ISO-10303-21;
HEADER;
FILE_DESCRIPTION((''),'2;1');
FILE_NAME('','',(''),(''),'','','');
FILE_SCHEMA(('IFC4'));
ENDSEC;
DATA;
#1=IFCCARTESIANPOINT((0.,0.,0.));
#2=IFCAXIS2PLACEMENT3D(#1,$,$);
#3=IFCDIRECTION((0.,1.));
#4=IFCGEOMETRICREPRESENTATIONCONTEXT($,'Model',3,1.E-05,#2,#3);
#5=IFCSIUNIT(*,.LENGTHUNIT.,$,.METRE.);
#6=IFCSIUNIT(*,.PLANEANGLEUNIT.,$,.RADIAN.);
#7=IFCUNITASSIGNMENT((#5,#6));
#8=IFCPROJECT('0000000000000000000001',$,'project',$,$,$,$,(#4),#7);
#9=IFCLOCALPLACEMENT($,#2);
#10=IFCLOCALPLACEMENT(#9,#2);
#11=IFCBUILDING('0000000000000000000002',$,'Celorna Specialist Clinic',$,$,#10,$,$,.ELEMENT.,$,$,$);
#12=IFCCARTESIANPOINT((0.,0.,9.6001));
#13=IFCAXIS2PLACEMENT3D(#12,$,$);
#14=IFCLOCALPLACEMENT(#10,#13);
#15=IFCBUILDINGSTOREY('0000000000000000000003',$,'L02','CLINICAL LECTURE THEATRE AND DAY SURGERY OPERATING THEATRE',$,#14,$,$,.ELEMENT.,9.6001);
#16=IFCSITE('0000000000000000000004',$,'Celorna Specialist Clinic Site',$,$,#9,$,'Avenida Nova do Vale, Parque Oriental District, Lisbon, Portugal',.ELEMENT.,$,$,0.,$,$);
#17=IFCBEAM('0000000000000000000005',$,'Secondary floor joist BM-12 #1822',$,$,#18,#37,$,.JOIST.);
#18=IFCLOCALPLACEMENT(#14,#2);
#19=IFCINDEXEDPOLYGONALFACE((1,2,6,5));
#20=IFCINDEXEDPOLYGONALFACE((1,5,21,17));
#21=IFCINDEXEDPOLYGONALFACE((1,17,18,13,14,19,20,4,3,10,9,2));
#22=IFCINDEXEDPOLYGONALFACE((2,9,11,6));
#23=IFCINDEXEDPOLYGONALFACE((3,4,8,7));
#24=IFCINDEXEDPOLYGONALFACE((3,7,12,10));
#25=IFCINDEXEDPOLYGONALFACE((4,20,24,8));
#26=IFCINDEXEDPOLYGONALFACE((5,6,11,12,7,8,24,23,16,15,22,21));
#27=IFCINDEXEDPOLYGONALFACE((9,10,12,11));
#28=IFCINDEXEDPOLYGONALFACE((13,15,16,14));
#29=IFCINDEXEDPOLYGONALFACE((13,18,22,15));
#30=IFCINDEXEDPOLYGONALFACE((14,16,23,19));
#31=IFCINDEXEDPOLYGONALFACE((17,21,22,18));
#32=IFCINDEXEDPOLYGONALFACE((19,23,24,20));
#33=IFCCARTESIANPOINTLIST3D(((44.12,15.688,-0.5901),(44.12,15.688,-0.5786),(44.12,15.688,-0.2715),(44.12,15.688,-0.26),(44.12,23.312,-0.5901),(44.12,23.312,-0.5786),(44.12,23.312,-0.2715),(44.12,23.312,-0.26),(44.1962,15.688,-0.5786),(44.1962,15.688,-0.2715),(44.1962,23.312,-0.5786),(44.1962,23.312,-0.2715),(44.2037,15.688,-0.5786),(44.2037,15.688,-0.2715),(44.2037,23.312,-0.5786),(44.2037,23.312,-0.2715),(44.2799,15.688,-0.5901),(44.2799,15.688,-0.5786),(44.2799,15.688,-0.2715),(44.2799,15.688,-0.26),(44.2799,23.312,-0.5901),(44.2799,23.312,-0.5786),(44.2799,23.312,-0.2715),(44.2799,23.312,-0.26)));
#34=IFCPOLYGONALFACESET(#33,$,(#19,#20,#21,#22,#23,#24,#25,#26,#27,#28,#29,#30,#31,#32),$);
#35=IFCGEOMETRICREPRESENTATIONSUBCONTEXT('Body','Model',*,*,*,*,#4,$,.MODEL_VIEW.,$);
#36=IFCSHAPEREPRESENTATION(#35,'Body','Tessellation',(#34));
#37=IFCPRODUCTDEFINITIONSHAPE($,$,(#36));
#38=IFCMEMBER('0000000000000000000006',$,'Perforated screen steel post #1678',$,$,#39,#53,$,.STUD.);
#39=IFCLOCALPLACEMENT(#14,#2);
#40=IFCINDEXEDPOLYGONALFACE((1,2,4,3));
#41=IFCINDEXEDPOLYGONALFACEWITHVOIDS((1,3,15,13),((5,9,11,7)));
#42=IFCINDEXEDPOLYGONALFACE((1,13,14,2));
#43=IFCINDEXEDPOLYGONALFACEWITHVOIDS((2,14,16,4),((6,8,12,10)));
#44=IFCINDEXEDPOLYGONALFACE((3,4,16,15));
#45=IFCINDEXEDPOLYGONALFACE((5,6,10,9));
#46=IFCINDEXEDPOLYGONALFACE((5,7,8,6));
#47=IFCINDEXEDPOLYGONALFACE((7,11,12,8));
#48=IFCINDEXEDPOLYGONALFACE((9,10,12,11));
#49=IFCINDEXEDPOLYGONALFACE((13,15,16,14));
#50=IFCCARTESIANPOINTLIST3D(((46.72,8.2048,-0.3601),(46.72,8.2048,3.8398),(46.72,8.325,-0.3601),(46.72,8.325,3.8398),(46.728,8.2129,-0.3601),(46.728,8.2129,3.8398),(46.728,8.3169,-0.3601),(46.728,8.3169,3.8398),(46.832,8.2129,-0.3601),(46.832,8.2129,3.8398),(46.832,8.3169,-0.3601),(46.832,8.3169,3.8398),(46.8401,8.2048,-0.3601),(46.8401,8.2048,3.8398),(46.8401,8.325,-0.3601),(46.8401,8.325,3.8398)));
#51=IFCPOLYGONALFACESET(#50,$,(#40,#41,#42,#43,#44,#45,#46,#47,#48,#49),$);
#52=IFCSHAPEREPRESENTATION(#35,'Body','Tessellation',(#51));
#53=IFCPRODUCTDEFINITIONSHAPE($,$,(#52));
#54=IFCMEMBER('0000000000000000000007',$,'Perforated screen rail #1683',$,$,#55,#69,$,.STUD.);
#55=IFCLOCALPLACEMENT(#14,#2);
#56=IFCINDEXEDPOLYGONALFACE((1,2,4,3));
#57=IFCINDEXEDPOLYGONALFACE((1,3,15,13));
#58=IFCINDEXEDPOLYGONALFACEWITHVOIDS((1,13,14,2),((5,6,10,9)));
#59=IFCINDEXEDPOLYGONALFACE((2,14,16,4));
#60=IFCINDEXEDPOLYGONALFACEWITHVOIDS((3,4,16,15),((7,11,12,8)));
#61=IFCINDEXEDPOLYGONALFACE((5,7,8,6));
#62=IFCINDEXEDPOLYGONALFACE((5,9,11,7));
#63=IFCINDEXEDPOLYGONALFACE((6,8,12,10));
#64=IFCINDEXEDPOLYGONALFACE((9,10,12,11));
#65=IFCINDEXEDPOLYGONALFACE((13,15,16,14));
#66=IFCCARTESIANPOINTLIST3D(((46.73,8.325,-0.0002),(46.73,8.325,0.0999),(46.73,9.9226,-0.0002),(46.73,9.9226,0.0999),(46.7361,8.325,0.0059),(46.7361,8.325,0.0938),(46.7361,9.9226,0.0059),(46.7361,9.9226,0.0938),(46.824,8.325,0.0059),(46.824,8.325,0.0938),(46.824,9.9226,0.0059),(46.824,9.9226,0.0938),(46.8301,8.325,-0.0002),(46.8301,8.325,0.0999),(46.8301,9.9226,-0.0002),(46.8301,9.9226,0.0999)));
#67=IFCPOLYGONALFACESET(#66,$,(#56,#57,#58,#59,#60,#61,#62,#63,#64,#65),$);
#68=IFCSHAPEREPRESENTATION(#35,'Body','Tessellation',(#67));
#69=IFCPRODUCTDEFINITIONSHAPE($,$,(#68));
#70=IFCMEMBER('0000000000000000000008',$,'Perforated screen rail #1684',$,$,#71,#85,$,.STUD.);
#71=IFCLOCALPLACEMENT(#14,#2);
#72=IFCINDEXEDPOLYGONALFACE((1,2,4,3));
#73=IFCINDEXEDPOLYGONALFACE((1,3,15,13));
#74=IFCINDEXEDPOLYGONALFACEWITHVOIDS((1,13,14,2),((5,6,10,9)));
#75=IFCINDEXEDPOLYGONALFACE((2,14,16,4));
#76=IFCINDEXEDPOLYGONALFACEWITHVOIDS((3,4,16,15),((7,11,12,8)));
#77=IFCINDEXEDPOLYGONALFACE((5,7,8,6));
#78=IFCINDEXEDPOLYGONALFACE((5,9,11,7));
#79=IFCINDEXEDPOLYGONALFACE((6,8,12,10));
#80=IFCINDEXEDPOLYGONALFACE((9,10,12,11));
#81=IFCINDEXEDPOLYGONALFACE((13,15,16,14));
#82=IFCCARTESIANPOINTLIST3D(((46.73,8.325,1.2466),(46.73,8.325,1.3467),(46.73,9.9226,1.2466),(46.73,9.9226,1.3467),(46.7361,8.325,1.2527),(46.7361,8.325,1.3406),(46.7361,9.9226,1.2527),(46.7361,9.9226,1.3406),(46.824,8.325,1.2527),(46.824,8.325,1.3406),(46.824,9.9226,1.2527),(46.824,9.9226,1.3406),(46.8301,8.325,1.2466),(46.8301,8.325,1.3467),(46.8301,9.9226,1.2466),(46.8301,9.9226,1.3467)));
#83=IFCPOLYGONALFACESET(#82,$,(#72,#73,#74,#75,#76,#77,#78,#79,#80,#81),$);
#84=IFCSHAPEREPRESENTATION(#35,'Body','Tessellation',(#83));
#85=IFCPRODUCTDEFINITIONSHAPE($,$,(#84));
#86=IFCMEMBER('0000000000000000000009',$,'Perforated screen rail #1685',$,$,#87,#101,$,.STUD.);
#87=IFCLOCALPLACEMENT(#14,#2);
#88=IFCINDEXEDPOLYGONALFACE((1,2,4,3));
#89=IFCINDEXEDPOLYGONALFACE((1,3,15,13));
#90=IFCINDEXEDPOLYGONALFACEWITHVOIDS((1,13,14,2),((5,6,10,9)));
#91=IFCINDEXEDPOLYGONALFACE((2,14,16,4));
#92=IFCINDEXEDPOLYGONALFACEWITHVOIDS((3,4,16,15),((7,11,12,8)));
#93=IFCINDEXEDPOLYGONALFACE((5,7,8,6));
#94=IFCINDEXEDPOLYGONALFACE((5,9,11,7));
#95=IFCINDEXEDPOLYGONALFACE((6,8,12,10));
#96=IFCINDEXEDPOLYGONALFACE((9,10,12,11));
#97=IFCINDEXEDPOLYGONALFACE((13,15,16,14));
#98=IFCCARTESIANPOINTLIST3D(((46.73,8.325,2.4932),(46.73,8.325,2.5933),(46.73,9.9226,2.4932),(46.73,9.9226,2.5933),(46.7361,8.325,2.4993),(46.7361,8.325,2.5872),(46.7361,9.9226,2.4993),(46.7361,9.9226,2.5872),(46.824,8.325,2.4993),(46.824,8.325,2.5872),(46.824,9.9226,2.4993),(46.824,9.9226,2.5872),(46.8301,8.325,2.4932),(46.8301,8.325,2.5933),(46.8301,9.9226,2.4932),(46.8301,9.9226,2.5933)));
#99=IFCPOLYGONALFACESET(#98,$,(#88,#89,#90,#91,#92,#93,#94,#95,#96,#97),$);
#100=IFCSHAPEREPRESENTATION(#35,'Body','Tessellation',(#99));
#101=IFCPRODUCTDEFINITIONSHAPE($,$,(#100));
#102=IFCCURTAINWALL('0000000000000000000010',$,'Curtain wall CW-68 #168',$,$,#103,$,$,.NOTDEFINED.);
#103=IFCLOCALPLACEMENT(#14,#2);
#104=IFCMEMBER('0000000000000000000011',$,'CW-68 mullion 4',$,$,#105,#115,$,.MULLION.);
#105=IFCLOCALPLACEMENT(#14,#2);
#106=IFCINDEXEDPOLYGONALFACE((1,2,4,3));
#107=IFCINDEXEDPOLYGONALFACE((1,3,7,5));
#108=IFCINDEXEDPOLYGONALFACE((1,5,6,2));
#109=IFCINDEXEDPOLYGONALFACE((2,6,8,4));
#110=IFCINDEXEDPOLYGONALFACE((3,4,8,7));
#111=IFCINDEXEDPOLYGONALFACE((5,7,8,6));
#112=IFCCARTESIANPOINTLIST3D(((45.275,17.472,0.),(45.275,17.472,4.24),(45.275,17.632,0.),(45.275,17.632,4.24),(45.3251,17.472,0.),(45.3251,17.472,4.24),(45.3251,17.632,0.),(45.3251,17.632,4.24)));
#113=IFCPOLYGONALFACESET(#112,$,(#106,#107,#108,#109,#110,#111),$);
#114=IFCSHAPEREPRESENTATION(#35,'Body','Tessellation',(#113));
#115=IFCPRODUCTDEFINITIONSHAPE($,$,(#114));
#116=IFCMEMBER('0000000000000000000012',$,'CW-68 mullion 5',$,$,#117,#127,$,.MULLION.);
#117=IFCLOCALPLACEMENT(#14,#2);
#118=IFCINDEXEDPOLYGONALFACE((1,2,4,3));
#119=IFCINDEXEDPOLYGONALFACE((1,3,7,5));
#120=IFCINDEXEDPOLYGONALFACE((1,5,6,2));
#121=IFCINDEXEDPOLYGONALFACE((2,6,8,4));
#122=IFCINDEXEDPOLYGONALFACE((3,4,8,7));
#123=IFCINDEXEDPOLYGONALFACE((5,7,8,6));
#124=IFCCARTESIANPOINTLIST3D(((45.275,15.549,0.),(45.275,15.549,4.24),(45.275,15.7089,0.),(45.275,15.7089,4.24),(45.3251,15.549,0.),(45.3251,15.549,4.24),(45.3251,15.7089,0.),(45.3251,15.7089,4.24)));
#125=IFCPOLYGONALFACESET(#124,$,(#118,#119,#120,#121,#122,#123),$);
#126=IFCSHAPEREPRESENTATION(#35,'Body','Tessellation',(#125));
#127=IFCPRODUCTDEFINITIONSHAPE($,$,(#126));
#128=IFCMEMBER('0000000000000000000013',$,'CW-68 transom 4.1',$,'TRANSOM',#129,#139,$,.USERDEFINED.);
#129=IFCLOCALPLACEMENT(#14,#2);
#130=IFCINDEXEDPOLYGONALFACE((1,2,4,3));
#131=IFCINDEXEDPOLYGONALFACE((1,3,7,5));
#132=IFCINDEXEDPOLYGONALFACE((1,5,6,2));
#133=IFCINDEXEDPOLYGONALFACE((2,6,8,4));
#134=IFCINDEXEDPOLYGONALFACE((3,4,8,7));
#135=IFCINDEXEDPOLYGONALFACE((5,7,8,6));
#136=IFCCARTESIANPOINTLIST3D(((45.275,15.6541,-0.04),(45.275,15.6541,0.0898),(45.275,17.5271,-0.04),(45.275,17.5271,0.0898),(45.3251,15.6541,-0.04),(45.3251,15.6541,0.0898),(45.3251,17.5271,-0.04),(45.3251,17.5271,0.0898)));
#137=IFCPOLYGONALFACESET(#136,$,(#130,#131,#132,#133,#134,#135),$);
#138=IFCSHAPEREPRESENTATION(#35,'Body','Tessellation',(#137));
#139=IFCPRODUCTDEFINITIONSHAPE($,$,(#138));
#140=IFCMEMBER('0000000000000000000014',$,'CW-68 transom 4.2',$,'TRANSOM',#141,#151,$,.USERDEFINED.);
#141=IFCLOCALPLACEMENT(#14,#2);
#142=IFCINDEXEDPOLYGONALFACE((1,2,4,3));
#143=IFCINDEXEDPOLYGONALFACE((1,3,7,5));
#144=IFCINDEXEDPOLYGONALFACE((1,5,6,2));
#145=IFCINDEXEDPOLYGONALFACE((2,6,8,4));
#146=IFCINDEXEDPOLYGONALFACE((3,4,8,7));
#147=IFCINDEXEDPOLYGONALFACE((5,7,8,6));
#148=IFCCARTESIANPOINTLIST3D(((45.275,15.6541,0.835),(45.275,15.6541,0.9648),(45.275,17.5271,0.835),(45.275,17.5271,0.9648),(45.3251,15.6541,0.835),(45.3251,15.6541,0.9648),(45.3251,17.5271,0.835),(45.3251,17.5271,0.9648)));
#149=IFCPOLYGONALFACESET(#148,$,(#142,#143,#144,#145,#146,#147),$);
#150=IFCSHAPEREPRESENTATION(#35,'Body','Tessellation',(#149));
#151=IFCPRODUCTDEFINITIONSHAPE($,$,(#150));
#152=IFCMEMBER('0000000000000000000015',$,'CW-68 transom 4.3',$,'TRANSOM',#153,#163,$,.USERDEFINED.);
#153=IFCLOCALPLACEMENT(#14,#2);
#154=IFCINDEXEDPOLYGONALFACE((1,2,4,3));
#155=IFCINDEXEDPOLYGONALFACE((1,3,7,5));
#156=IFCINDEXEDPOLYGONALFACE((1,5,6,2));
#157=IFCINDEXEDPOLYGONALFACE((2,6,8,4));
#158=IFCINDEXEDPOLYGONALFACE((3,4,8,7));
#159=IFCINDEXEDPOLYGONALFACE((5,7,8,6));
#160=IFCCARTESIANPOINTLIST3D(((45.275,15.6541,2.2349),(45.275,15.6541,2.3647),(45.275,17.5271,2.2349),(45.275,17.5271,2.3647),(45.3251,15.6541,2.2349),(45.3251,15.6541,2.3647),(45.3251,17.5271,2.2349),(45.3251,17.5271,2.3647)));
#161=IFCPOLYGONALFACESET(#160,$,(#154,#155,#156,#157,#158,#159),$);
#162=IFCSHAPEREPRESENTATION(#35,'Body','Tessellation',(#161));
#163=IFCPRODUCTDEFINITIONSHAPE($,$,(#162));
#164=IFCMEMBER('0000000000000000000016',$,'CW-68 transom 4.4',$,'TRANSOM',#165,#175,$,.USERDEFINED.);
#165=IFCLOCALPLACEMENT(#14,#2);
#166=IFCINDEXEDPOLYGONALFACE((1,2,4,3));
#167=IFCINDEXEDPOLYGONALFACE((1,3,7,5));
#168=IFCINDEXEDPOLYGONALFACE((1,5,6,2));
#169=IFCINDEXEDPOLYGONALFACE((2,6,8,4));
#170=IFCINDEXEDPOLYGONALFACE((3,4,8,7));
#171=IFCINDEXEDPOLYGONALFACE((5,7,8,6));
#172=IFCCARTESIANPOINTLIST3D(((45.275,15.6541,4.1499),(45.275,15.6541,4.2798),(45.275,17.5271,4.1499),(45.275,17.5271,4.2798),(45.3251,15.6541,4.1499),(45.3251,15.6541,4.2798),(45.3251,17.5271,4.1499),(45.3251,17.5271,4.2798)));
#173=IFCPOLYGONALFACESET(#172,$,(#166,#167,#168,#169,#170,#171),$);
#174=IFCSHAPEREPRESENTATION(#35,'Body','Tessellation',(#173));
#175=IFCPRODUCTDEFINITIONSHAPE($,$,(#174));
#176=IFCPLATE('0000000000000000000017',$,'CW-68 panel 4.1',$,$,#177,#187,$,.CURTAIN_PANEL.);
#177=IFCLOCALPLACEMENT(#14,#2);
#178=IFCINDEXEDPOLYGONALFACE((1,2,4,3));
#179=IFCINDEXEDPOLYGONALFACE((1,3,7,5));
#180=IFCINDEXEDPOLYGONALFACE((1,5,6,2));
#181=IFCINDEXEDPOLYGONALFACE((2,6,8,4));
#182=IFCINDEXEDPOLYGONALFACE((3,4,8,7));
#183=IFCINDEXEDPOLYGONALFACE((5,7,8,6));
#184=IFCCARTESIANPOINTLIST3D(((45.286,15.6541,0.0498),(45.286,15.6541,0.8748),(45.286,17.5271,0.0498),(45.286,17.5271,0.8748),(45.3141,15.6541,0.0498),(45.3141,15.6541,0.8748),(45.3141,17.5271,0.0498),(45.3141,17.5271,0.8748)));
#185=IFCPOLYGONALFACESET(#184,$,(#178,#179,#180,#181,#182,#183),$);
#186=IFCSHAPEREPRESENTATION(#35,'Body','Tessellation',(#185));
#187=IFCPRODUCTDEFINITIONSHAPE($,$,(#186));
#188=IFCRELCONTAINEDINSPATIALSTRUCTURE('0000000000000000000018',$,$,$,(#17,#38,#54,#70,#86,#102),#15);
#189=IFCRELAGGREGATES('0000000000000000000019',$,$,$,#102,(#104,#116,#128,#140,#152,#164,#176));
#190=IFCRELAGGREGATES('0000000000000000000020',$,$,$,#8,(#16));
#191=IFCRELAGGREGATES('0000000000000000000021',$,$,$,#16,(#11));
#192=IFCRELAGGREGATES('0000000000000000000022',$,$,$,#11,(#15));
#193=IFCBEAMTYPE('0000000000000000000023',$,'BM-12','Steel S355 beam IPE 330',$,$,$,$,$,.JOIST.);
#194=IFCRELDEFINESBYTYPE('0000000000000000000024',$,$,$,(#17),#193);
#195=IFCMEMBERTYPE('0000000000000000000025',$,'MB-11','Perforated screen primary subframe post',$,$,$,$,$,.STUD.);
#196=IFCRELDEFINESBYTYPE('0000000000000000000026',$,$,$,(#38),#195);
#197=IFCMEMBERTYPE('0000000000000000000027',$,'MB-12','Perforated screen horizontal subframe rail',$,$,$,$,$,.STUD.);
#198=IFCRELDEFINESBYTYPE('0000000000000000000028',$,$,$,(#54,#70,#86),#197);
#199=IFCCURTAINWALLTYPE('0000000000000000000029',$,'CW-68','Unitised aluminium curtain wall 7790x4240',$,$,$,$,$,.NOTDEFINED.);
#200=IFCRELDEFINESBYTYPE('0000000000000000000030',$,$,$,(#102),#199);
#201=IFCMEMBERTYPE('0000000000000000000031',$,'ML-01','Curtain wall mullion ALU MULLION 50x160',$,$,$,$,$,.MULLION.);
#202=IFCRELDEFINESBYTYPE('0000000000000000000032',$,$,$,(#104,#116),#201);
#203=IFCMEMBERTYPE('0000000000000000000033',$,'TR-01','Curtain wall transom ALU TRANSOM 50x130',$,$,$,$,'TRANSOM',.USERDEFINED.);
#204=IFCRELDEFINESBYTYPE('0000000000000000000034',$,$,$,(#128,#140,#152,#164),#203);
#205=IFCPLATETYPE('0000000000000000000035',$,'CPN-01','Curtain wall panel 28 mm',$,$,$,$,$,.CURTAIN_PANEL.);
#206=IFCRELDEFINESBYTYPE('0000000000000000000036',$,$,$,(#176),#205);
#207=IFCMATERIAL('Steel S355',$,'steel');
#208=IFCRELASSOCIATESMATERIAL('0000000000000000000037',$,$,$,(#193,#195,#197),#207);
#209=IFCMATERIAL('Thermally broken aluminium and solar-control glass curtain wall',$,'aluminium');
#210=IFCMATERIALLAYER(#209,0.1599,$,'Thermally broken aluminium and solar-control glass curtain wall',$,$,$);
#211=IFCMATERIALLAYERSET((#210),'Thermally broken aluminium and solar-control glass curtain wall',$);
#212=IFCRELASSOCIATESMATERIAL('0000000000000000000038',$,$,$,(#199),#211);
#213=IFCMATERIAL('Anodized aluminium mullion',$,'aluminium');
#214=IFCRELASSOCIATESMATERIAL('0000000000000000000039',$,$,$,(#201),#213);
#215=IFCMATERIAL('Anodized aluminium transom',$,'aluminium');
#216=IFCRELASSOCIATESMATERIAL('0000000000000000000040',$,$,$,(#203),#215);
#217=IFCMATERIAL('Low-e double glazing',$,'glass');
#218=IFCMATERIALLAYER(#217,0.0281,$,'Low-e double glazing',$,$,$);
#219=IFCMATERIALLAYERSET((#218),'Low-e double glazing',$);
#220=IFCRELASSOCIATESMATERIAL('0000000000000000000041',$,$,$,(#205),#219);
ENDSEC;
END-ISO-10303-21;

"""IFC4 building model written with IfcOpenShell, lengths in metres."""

from ifc_helpers import new_model, si_unit, direction, frame, origin, origin_2d, place, context, subcontext, project, spatial, rectangle, hollow_rectangle, i_section, extrude, material, layer, layer_set, material_profile, profile_set, type_object, element, aggregate, save


model = new_model("IFC4")

# Units and contexts
model_context = context("Model", 3, precision=1e-05, world=origin(), true_north=direction((0.0, 1.0)))
body_context = subcontext(model_context, "Body", "Model", "MODEL_VIEW")
ifc_project = project(units=[si_unit("LENGTHUNIT", "METRE"), si_unit("PLANEANGLEUNIT", "RADIAN")], contexts=[model_context])

# Site, building, storey
site_placement = place(None, origin())
site = spatial("IfcSite", under=ifc_project, at=site_placement, Name="Celorna Specialist Clinic Site", LongName="Avenida Nova do Vale, Parque Oriental District, Lisbon, Portugal", CompositionType="ELEMENT", RefElevation=0.0)
building_placement = place(site_placement, origin())
building = spatial("IfcBuilding", under=site, at=building_placement, Name="Celorna Specialist Clinic", CompositionType="ELEMENT")
storey_placement = place(building_placement, frame((0.0, 0.0, 9.6001)))
storey = spatial("IfcBuildingStorey", under=building, at=storey_placement, Name="L02", Description="CLINICAL LECTURE THEATRE AND DAY SURGERY OPERATING THEATRE", CompositionType="ELEMENT", Elevation=9.6001)

# Beam
ifc_material_1 = material(Name="Steel S355", Category="steel")
ifc_material_profile_1 = material_profile(ifc_material_1, i_section(OverallWidth=0.1599, OverallDepth=0.3301, WebThickness=0.0076, FlangeThickness=0.0115, at=origin_2d()), Name="IPE 330")
ifc_profile_set_1 = profile_set([ifc_material_profile_1], Name="Steel S355")
beam_type = type_object("IfcBeamType", Name="BM-12", Description="Steel S355 beam IPE 330", PredefinedType="JOIST", material=ifc_profile_set_1)
beam_placement = place(storey_placement, frame((44.2, 15.688, -0.425), z_axis=(0.0, 1.0, 0.0), x_axis=(-1.0, 0.0, 0.0)))
element("IfcBeam", 1, at=beam_placement, inside=storey, type_object=beam_type, Name="Secondary floor joist BM-12 #1822", PredefinedType="JOIST", context=body_context, shape_type="SweptSolid", body=[
    extrude(i_section(OverallWidth=0.1599, OverallDepth=0.3301, WebThickness=0.0076, FlangeThickness=0.0115, at=origin_2d()), origin(), (0.0, 0.0, 1.0), 7.624),
])

# Members
ifc_material_profile_2 = material_profile(ifc_material_1, hollow_rectangle(XDim=0.1201, YDim=0.1201, WallThickness=0.0081, at=origin_2d()), Name="SHS 120x120x8")
ifc_profile_set_2 = profile_set([ifc_material_profile_2], Name="Steel S355")
member_type_1 = type_object("IfcMemberType", Name="MB-11", Description="Perforated screen primary subframe post", PredefinedType="STUD", material=ifc_profile_set_2)
member_1_placement = place(storey_placement, frame((46.78, 8.2649, -0.3601), z_axis=(0.0, 0.0, 1.0), x_axis=(1.0, 0.0, 0.0)))
element("IfcMember", 2, at=member_1_placement, inside=storey, type_object=member_type_1, Name="Perforated screen steel post #1678", PredefinedType="STUD", context=body_context, shape_type="SweptSolid", body=[
    extrude(hollow_rectangle(XDim=0.1201, YDim=0.1201, WallThickness=0.0081, at=origin_2d()), origin(), (0.0, 0.0, 1.0), 4.2),
])
ifc_material_profile_3 = material_profile(ifc_material_1, hollow_rectangle(XDim=0.1001, YDim=0.1001, WallThickness=0.0061, at=origin_2d()), Name="SHS 100x100x6")
ifc_profile_set_3 = profile_set([ifc_material_profile_3], Name="Steel S355")
member_type_2 = type_object("IfcMemberType", Name="MB-12", Description="Perforated screen horizontal subframe rail", PredefinedType="STUD", material=ifc_profile_set_3)
for number, where, z_axis, x_axis, name in (
    (3, (46.78, 8.325, 0.0498), (0.0, 1.0, 0.0), (-1.0, 0.0, 0.0), "Perforated screen rail #1683"),
    (4, (46.78, 8.325, 1.2966), (0.0, 1.0, 0.0), (-1.0, 0.0, 0.0), "Perforated screen rail #1684"),
    (5, (46.78, 8.325, 2.5432), (0.0, 1.0, 0.0), (-1.0, 0.0, 0.0), "Perforated screen rail #1685"),
):
    element("IfcMember", number, at=place(storey_placement, frame(where, z_axis=z_axis, x_axis=x_axis)), inside=storey, type_object=member_type_2, Name=name, PredefinedType="STUD", context=body_context, shape_type="SweptSolid", body=[
        extrude(hollow_rectangle(XDim=0.1001, YDim=0.1001, WallThickness=0.0061, at=origin_2d()), origin(), (0.0, 0.0, 1.0), 1.5977),
    ])

# Curtain wall, members, plate
ifc_material_2 = material(Name="Thermally broken aluminium and solar-control glass curtain wall", Category="aluminium")
ifc_layer_1 = layer(ifc_material_2, 0.1599, Name="Thermally broken aluminium and solar-control glass curtain wall")
ifc_layer_set_1 = layer_set([ifc_layer_1], Name="Thermally broken aluminium and solar-control glass curtain wall")
curtain_wall_type = type_object("IfcCurtainWallType", Name="CW-68", Description="Unitised aluminium curtain wall 7790x4240", PredefinedType="NOTDEFINED", material=ifc_layer_set_1)
curtain_wall_placement = place(storey_placement, origin())
curtain_wall = element("IfcCurtainWall", 6, at=curtain_wall_placement, inside=storey, type_object=curtain_wall_type, Name="Curtain wall CW-68 #168", PredefinedType="NOTDEFINED")
ifc_material_3 = material(Name="Anodized aluminium mullion", Category="aluminium")
ifc_material_profile_4 = material_profile(ifc_material_3, rectangle(XDim=0.05, YDim=0.1599, at=origin_2d()), Name="ALU MULLION 50x160")
ifc_profile_set_4 = profile_set([ifc_material_profile_4], Name="Anodized aluminium mullion")
member_type_3 = type_object("IfcMemberType", Name="ML-01", Description="Curtain wall mullion ALU MULLION 50x160", PredefinedType="MULLION", material=ifc_profile_set_4)
member_2_placement = place(storey_placement, frame((45.3, 17.552, 0.0), z_axis=(0.0, 0.0, 1.0), x_axis=(1.0, 0.0, 0.0)))
member_2 = element("IfcMember", 7, at=member_2_placement, type_object=member_type_3, Name="CW-68 mullion 4", PredefinedType="MULLION", context=body_context, shape_type="SweptSolid", body=[
    extrude(rectangle(XDim=0.05, YDim=0.1599, at=origin_2d()), origin(), (0.0, 0.0, 1.0), 4.24),
])
member_3_placement = place(storey_placement, frame((45.3, 15.6289, 0.0), z_axis=(0.0, 0.0, 1.0), x_axis=(1.0, 0.0, 0.0)))
member_3 = element("IfcMember", 8, at=member_3_placement, type_object=member_type_3, Name="CW-68 mullion 5", PredefinedType="MULLION", context=body_context, shape_type="SweptSolid", body=[
    extrude(rectangle(XDim=0.05, YDim=0.1599, at=origin_2d()), origin(), (0.0, 0.0, 1.0), 4.24),
])
ifc_material_4 = material(Name="Anodized aluminium transom", Category="aluminium")
ifc_material_profile_5 = material_profile(ifc_material_4, rectangle(XDim=0.05, YDim=0.1299, at=origin_2d()), Name="ALU TRANSOM 50x130")
ifc_profile_set_5 = profile_set([ifc_material_profile_5], Name="Anodized aluminium transom")
member_type_4 = type_object("IfcMemberType", Name="TR-01", Description="Curtain wall transom ALU TRANSOM 50x130", ElementType="TRANSOM", PredefinedType="USERDEFINED", material=ifc_profile_set_5)
member_4_placement = place(storey_placement, frame((45.3, 17.5271, 0.0249), z_axis=(0.0, -1.0, 0.0), x_axis=(1.0, 0.0, 0.0)))
member_4 = element("IfcMember", 9, at=member_4_placement, type_object=member_type_4, Name="CW-68 transom 4.1", ObjectType="TRANSOM", PredefinedType="USERDEFINED", context=body_context, shape_type="SweptSolid", body=[
    extrude(rectangle(XDim=0.05, YDim=0.1299, at=origin_2d()), origin(), (0.0, 0.0, 1.0), 1.873),
])
member_5_placement = place(storey_placement, frame((45.3, 17.5271, 0.8999), z_axis=(0.0, -1.0, 0.0), x_axis=(1.0, 0.0, 0.0)))
member_5 = element("IfcMember", 10, at=member_5_placement, type_object=member_type_4, Name="CW-68 transom 4.2", ObjectType="TRANSOM", PredefinedType="USERDEFINED", context=body_context, shape_type="SweptSolid", body=[
    extrude(rectangle(XDim=0.05, YDim=0.1299, at=origin_2d()), origin(), (0.0, 0.0, 1.0), 1.873),
])
member_6_placement = place(storey_placement, frame((45.3, 17.5271, 2.2998), z_axis=(0.0, -1.0, 0.0), x_axis=(1.0, 0.0, 0.0)))
member_6 = element("IfcMember", 11, at=member_6_placement, type_object=member_type_4, Name="CW-68 transom 4.3", ObjectType="TRANSOM", PredefinedType="USERDEFINED", context=body_context, shape_type="SweptSolid", body=[
    extrude(rectangle(XDim=0.05, YDim=0.1299, at=origin_2d()), origin(), (0.0, 0.0, 1.0), 1.873),
])
member_7_placement = place(storey_placement, frame((45.3, 17.5271, 4.2148), z_axis=(0.0, -1.0, 0.0), x_axis=(1.0, 0.0, 0.0)))
member_7 = element("IfcMember", 12, at=member_7_placement, type_object=member_type_4, Name="CW-68 transom 4.4", ObjectType="TRANSOM", PredefinedType="USERDEFINED", context=body_context, shape_type="SweptSolid", body=[
    extrude(rectangle(XDim=0.05, YDim=0.1299, at=origin_2d()), origin(), (0.0, 0.0, 1.0), 1.873),
])
ifc_material_5 = material(Name="Low-e double glazing", Category="glass")
ifc_layer_2 = layer(ifc_material_5, 0.0281, Name="Low-e double glazing")
ifc_layer_set_2 = layer_set([ifc_layer_2], Name="Low-e double glazing")
plate_type_1 = type_object("IfcPlateType", Name="CPN-01", Description="Curtain wall panel 28 mm", PredefinedType="CURTAIN_PANEL", material=ifc_layer_set_2)
plate_1_placement = place(storey_placement, frame((45.3, 16.5906, 0.0498), z_axis=(0.0, 0.0, 1.0), x_axis=(0.0, -1.0, 0.0)))
plate_1 = element("IfcPlate", 13, at=plate_1_placement, type_object=plate_type_1, Name="CW-68 panel 4.1", PredefinedType="CURTAIN_PANEL", context=body_context, shape_type="SweptSolid", body=[
    extrude(rectangle(XDim=1.873, YDim=0.0281, at=origin_2d()), origin(), (0.0, 0.0, 1.0), 0.825),
])
aggregate(curtain_wall, [member_2, member_3, member_4, member_5, member_6, member_7, plate_1])

save(model, "model.ifc")
